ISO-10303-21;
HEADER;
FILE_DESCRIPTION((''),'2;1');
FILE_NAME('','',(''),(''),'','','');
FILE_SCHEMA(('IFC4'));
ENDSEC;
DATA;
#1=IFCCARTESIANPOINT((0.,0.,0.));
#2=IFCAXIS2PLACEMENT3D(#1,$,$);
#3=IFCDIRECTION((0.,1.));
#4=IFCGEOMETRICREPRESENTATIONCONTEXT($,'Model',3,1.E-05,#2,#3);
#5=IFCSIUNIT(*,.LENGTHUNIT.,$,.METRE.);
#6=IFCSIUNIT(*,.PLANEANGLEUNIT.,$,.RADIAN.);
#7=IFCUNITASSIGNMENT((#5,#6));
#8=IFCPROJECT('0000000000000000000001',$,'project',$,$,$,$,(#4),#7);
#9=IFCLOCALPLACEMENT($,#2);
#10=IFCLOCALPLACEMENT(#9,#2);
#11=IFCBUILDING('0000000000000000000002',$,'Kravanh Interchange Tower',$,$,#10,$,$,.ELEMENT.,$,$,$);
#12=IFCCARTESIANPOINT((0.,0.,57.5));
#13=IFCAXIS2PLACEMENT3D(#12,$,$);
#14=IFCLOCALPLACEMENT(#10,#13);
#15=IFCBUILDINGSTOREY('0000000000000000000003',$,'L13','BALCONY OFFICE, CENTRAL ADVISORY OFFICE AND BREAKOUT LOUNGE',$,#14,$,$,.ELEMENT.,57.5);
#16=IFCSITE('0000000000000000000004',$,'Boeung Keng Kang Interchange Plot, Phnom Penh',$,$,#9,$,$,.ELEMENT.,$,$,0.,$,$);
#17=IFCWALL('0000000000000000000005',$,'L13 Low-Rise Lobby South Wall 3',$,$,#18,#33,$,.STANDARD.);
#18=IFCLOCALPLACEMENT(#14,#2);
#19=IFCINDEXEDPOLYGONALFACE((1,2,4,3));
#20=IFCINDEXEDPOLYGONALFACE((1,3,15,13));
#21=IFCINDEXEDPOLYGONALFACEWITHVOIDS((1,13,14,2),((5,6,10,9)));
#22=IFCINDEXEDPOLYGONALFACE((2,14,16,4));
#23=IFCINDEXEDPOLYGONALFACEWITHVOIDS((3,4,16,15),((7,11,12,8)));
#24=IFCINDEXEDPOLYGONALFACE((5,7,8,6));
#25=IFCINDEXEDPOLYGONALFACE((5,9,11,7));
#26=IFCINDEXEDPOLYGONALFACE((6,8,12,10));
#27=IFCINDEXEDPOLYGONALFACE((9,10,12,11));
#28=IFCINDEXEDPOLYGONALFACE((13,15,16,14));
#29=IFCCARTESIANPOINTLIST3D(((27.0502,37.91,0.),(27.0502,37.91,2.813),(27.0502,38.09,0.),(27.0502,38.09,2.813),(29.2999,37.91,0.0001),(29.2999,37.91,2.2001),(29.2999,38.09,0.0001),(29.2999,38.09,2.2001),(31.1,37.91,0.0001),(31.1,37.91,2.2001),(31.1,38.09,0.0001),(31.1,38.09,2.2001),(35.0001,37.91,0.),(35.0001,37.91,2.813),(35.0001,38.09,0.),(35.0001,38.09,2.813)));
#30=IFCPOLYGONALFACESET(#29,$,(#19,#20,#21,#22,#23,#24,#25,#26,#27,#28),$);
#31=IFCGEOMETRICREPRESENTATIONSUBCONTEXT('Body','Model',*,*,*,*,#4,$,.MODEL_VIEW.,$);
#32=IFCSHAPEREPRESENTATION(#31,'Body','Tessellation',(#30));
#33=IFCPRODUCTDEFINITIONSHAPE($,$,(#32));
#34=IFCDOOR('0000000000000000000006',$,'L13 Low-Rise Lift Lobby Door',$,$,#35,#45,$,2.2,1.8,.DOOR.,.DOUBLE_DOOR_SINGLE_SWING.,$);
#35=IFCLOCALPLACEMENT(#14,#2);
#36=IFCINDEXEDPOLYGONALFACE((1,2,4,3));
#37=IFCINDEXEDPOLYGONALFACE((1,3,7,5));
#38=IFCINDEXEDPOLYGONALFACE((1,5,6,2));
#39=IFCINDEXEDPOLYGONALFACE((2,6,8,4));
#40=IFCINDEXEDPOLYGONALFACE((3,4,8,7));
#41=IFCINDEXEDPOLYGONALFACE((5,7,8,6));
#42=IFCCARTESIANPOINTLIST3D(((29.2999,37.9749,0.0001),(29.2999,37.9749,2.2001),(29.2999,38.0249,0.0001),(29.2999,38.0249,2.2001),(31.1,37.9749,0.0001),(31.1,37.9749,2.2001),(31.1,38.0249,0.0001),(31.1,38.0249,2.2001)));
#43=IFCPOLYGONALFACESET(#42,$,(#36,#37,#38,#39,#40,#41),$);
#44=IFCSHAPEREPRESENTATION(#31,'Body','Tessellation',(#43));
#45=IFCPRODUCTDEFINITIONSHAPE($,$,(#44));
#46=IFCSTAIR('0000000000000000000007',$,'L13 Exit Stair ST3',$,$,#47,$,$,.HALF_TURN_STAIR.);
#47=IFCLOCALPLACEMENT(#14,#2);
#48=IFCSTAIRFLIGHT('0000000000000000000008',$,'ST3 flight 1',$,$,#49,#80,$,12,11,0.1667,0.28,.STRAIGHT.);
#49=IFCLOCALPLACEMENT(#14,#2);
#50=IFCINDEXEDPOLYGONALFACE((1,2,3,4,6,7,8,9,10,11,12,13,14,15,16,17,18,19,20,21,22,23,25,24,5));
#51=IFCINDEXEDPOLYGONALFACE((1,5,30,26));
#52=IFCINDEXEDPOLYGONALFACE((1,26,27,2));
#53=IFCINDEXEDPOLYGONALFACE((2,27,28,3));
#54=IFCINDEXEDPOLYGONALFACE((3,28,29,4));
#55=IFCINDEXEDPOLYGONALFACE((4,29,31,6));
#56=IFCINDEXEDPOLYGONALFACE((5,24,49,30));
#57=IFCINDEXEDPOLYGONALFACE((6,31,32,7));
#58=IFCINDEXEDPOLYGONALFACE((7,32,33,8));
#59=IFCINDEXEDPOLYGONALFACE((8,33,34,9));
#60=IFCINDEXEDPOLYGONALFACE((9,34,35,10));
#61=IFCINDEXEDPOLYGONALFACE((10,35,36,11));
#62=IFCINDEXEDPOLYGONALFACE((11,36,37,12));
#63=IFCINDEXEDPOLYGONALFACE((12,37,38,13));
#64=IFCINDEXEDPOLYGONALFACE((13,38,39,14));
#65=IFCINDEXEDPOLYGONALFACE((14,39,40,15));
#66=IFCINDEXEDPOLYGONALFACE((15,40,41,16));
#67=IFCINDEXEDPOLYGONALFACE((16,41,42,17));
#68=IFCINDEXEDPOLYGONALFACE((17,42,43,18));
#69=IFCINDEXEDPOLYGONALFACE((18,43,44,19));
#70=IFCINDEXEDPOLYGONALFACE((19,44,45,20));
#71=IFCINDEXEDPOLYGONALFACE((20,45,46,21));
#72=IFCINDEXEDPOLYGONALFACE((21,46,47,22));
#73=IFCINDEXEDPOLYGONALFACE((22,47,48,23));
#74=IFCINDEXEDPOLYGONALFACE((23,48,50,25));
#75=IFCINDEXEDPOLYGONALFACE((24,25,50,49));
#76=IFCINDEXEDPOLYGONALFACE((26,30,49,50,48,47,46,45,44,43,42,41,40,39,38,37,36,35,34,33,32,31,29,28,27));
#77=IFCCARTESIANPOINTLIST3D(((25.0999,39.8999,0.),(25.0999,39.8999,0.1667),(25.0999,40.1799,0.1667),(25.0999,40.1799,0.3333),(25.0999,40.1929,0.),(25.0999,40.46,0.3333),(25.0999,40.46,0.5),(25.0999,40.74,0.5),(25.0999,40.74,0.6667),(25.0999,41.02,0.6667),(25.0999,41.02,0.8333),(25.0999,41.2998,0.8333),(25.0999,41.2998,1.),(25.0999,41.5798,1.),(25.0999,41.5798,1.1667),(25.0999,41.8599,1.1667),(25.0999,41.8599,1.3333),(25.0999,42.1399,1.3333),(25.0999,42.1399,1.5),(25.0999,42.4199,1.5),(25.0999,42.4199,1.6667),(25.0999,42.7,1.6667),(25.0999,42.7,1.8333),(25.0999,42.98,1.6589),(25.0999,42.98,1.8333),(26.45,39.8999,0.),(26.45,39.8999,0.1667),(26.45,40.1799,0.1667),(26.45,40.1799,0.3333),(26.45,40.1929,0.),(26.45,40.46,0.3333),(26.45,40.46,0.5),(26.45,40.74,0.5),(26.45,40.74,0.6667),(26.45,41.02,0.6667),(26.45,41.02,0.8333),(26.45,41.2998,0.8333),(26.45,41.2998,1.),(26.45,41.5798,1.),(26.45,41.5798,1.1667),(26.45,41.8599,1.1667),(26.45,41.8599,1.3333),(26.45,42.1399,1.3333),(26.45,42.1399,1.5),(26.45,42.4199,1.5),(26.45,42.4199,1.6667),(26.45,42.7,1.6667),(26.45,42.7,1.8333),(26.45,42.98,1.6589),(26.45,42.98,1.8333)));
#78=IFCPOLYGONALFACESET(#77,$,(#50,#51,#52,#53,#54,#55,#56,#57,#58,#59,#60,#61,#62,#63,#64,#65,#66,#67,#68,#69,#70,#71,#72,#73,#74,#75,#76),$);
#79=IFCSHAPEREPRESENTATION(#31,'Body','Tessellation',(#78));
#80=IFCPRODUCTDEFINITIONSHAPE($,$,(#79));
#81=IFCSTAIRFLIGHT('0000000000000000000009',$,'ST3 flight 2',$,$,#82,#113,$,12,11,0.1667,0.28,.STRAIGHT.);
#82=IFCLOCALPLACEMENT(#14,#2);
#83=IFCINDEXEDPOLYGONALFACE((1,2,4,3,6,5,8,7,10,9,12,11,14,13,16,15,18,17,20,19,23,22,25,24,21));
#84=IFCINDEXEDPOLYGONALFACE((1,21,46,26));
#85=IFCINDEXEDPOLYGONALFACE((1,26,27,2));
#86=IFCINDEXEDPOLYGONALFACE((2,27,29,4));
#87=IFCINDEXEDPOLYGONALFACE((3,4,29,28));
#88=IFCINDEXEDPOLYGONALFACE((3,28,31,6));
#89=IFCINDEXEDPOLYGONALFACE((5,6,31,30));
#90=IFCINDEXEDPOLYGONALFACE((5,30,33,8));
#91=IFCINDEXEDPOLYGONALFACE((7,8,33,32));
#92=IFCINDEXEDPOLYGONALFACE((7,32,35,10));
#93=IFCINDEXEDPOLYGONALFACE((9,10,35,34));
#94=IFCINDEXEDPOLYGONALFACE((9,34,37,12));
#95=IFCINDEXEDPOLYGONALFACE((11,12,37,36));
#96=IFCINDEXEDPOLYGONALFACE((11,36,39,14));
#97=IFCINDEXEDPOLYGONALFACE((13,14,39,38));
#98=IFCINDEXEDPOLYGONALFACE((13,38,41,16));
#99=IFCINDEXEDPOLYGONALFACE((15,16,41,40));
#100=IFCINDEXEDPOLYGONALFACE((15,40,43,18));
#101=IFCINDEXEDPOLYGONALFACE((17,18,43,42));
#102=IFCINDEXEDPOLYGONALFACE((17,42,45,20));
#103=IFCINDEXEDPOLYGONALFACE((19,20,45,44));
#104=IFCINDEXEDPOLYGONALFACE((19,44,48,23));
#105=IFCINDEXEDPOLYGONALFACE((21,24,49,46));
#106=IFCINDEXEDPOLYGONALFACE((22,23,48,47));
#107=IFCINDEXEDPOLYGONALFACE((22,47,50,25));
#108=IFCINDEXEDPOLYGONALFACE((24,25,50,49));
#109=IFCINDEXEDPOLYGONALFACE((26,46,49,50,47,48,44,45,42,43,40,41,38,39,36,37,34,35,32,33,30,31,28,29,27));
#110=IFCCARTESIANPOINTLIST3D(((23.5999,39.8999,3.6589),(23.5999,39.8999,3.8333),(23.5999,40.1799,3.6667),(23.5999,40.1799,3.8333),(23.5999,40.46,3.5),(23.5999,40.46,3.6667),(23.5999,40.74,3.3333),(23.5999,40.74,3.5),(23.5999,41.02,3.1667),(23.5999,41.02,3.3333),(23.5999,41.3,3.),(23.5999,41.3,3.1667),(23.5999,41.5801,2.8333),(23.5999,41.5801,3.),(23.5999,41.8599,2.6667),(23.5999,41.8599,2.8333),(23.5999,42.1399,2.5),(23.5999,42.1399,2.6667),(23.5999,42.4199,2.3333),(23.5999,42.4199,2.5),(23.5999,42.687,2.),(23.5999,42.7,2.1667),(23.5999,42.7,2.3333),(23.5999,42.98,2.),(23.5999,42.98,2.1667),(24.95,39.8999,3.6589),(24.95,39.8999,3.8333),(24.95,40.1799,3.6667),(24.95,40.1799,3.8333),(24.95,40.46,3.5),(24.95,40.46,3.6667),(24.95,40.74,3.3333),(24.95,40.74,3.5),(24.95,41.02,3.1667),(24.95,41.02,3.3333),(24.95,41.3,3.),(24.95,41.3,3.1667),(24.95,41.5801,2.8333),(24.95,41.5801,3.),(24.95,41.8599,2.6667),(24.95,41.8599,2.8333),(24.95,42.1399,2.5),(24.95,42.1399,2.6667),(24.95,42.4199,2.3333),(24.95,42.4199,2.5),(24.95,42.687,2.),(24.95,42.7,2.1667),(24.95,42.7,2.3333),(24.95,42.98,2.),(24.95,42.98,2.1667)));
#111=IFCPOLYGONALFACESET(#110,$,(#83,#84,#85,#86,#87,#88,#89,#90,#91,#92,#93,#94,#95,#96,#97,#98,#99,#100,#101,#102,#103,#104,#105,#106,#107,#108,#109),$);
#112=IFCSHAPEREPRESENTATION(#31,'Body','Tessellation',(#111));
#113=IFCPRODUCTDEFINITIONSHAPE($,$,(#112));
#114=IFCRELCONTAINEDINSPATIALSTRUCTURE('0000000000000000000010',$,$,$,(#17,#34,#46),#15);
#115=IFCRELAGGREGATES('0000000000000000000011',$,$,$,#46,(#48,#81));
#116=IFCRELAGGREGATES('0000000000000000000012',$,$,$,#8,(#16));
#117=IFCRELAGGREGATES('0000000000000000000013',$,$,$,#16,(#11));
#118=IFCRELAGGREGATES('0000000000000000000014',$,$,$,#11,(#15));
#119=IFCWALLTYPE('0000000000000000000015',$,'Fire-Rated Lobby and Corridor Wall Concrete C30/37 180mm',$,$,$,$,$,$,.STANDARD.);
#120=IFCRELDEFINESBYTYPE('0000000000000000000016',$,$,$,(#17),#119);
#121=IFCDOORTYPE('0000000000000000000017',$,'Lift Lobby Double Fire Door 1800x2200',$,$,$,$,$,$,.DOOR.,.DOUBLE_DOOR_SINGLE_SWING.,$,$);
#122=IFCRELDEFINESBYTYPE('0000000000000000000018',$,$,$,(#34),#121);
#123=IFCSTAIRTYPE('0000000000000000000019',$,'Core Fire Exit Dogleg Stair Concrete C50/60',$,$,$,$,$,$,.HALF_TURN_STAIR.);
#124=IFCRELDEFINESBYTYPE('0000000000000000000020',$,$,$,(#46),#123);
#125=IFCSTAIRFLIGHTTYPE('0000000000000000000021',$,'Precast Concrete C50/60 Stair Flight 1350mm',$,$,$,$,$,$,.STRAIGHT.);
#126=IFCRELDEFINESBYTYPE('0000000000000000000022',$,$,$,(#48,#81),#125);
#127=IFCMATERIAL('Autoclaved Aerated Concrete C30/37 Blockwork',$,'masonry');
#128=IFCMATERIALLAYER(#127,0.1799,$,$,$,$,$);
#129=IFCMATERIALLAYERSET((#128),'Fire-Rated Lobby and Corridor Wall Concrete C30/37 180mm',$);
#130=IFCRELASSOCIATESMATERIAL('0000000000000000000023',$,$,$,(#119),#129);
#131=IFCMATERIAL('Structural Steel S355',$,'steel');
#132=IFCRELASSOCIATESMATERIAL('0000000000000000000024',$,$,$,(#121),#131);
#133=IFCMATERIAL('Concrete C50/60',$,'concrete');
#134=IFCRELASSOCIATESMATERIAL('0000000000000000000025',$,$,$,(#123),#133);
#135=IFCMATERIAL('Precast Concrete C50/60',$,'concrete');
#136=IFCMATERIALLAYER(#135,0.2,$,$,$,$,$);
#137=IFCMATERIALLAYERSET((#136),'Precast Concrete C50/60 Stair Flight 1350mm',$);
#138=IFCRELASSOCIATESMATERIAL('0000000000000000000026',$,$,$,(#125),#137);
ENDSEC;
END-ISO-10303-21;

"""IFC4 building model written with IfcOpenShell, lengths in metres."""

from ifc_helpers import new_model, si_unit, direction, frame, frame_2d, origin, place, context, subcontext, project, spatial, polyline, rectangle, outline, extrude, material, layer, layer_set, type_object, element, fill, aggregate, save


model = new_model("IFC4")

# Units and contexts
model_context = context("Model", 3, precision=1e-05, world=origin(), true_north=direction((0.0, 1.0)))
body_context = subcontext(model_context, "Body", "Model", "MODEL_VIEW")
ifc_project = project(units=[si_unit("LENGTHUNIT", "METRE"), si_unit("PLANEANGLEUNIT", "RADIAN")], contexts=[model_context])

# Site, building, storey
site_placement = place(None, origin())
site = spatial("IfcSite", under=ifc_project, at=site_placement, Name="Boeung Keng Kang Interchange Plot, Phnom Penh", CompositionType="ELEMENT", RefElevation=0.0)
building_placement = place(site_placement, origin())
building = spatial("IfcBuilding", under=site, at=building_placement, Name="Kravanh Interchange Tower", CompositionType="ELEMENT")
storey_placement = place(building_placement, frame((0.0, 0.0, 57.5)))
storey = spatial("IfcBuildingStorey", under=building, at=storey_placement, Name="L13", Description="BALCONY OFFICE, CENTRAL ADVISORY OFFICE AND BREAKOUT LOUNGE", CompositionType="ELEMENT", Elevation=57.5)

# Wall, opening, door
ifc_material_1 = material(Name="Autoclaved Aerated Concrete C30/37 Blockwork", Category="masonry")
ifc_layer_1 = layer(ifc_material_1, 0.1799)
ifc_layer_set_1 = layer_set([ifc_layer_1], Name="Fire-Rated Lobby and Corridor Wall Concrete C30/37 180mm")
wall_type_1 = type_object("IfcWallType", Name="Fire-Rated Lobby and Corridor Wall Concrete C30/37 180mm", PredefinedType="STANDARD", material=ifc_layer_set_1)
wall_1_placement = place(storey_placement, frame((27.05, 38.0, 0.0), z_axis=(0.0, 0.0, 1.0), x_axis=(1.0, 0.0, 0.0)))
wall_1 = element("IfcWall", 1, at=wall_1_placement, inside=storey, type_object=wall_type_1, Name="L13 Low-Rise Lobby South Wall 3", PredefinedType="STANDARD", context=body_context, shape_type="SweptSolid", body=[
    extrude(rectangle(XDim=7.95, YDim=0.1799, at=frame_2d((3.9751, 0.0))), origin(), (0.0, 0.0, 1.0), 2.813),
])
opening_1_placement = place(wall_1_placement, frame((2.25, 0.0, 0.0)))
opening_1 = element("IfcOpeningElement", 2, at=opening_1_placement, cuts=wall_1, PredefinedType="OPENING", context=body_context, shape_type="SweptSolid", body=[
    extrude(rectangle(XDim=1.8, YDim=2.2, at=frame_2d((0.8999, 1.1001))), frame((0.0, 0.1001, 0.0), z_axis=(0.0, -1.0, 0.0), x_axis=(1.0, 0.0, 0.0)), (0.0, 0.0, 1.0), 0.2),
])
ifc_material_2 = material(Name="Structural Steel S355", Category="steel")
door_type_1 = type_object("IfcDoorType", Name="Lift Lobby Double Fire Door 1800x2200", OperationType="DOUBLE_DOOR_SINGLE_SWING", PredefinedType="DOOR", material=ifc_material_2)
door_1_placement = place(opening_1_placement, origin())
door_1 = element("IfcDoor", 3, at=door_1_placement, inside=storey, type_object=door_type_1, Name="L13 Low-Rise Lift Lobby Door", OperationType="DOUBLE_DOOR_SINGLE_SWING", OverallHeight=2.2, OverallWidth=1.8, PredefinedType="DOOR", context=body_context, shape_type="SweptSolid", body=[
    extrude(rectangle(XDim=1.8, YDim=2.2, at=frame_2d((0.8999, 1.1001))), frame((0.0, 0.0249, 0.0), z_axis=(0.0, -1.0, 0.0), x_axis=(1.0, 0.0, 0.0)), (0.0, 0.0, 1.0), 0.05),
])
fill(opening_1, door_1)

# Stair, stair flights
ifc_material_3 = material(Name="Concrete C50/60", Category="concrete")
stair_type = type_object("IfcStairType", Name="Core Fire Exit Dogleg Stair Concrete C50/60", PredefinedType="HALF_TURN_STAIR", material=ifc_material_3)
stair_placement = place(storey_placement, origin())
stair = element("IfcStair", 4, at=stair_placement, inside=storey, type_object=stair_type, Name="L13 Exit Stair ST3", PredefinedType="HALF_TURN_STAIR")
ifc_material_4 = material(Name="Precast Concrete C50/60", Category="concrete")
ifc_layer_2 = layer(ifc_material_4, 0.2)
ifc_layer_set_2 = layer_set([ifc_layer_2], Name="Precast Concrete C50/60 Stair Flight 1350mm")
stair_flight_type = type_object("IfcStairFlightType", Name="Precast Concrete C50/60 Stair Flight 1350mm", PredefinedType="STRAIGHT", material=ifc_layer_set_2)
stair_flight_1_placement = place(storey_placement, frame((25.7749, 39.8999, 0.0), z_axis=(0.0, 0.0, 1.0), x_axis=(0.0, 1.0, 0.0)))
stair_flight_1 = element("IfcStairFlight", 5, at=stair_flight_1_placement, type_object=stair_flight_type, Name="ST3 flight 1", NumberOfRisers=12, NumberOfTreads=11, PredefinedType="STRAIGHT", RiserHeight=0.1667, TreadLength=0.28, context=body_context, shape_type="SweptSolid", body=[
    extrude(outline(polyline([(0.0, 0.0), (0.0, 0.1667), (0.28, 0.1667), (0.28, 0.3333), (0.5601, 0.3333), (0.5601, 0.5), (0.8401, 0.5), (0.8401, 0.6667), (1.1201, 0.6667), (1.1201, 0.8333), (1.3999, 0.8333), (1.3999, 1.0), (1.6799, 1.0), (1.6799, 1.1667), (1.96, 1.1667), (1.96, 1.3333), (2.24, 1.3333), (2.24, 1.5), (2.52, 1.5), (2.52, 1.6667), (2.8, 1.6667), (2.8, 1.8333), (3.0801, 1.8333), (3.0801, 2.0), (3.0801, 1.6589), (0.293, 0.0), (0.0, 0.0)])), frame((0.0, 0.675, 0.0), z_axis=(0.0, -1.0, 0.0), x_axis=(1.0, 0.0, 0.0)), (0.0, 0.0, 1.0), 1.3501),
])
stair_flight_2_placement = place(storey_placement, frame((24.2749, 42.98, 2.0), z_axis=(0.0, 0.0, 1.0), x_axis=(0.0, -1.0, 0.0)))
stair_flight_2 = element("IfcStairFlight", 6, at=stair_flight_2_placement, type_object=stair_flight_type, Name="ST3 flight 2", NumberOfRisers=12, NumberOfTreads=11, PredefinedType="STRAIGHT", RiserHeight=0.1667, TreadLength=0.28, context=body_context, shape_type="SweptSolid", body=[
    extrude(outline(polyline([(0.0, 0.0), (0.0, 0.1667), (0.28, 0.1667), (0.28, 0.3333), (0.5601, 0.3333), (0.5601, 0.5), (0.8401, 0.5), (0.8401, 0.6667), (1.1201, 0.6667), (1.1201, 0.8333), (1.3999, 0.8333), (1.3999, 1.0), (1.6799, 1.0), (1.6799, 1.1667), (1.96, 1.1667), (1.96, 1.3333), (2.24, 1.3333), (2.24, 1.5), (2.52, 1.5), (2.52, 1.6667), (2.8, 1.6667), (2.8, 1.8333), (3.0801, 1.8333), (3.0801, 2.0), (3.0801, 1.6589), (0.293, 0.0), (0.0, 0.0)])), frame((0.0, 0.675, 0.0), z_axis=(0.0, -1.0, 0.0), x_axis=(1.0, 0.0, 0.0)), (0.0, 0.0, 1.0), 1.3501),
])
aggregate(stair, [stair_flight_1, stair_flight_2])

save(model, "model.ifc")
